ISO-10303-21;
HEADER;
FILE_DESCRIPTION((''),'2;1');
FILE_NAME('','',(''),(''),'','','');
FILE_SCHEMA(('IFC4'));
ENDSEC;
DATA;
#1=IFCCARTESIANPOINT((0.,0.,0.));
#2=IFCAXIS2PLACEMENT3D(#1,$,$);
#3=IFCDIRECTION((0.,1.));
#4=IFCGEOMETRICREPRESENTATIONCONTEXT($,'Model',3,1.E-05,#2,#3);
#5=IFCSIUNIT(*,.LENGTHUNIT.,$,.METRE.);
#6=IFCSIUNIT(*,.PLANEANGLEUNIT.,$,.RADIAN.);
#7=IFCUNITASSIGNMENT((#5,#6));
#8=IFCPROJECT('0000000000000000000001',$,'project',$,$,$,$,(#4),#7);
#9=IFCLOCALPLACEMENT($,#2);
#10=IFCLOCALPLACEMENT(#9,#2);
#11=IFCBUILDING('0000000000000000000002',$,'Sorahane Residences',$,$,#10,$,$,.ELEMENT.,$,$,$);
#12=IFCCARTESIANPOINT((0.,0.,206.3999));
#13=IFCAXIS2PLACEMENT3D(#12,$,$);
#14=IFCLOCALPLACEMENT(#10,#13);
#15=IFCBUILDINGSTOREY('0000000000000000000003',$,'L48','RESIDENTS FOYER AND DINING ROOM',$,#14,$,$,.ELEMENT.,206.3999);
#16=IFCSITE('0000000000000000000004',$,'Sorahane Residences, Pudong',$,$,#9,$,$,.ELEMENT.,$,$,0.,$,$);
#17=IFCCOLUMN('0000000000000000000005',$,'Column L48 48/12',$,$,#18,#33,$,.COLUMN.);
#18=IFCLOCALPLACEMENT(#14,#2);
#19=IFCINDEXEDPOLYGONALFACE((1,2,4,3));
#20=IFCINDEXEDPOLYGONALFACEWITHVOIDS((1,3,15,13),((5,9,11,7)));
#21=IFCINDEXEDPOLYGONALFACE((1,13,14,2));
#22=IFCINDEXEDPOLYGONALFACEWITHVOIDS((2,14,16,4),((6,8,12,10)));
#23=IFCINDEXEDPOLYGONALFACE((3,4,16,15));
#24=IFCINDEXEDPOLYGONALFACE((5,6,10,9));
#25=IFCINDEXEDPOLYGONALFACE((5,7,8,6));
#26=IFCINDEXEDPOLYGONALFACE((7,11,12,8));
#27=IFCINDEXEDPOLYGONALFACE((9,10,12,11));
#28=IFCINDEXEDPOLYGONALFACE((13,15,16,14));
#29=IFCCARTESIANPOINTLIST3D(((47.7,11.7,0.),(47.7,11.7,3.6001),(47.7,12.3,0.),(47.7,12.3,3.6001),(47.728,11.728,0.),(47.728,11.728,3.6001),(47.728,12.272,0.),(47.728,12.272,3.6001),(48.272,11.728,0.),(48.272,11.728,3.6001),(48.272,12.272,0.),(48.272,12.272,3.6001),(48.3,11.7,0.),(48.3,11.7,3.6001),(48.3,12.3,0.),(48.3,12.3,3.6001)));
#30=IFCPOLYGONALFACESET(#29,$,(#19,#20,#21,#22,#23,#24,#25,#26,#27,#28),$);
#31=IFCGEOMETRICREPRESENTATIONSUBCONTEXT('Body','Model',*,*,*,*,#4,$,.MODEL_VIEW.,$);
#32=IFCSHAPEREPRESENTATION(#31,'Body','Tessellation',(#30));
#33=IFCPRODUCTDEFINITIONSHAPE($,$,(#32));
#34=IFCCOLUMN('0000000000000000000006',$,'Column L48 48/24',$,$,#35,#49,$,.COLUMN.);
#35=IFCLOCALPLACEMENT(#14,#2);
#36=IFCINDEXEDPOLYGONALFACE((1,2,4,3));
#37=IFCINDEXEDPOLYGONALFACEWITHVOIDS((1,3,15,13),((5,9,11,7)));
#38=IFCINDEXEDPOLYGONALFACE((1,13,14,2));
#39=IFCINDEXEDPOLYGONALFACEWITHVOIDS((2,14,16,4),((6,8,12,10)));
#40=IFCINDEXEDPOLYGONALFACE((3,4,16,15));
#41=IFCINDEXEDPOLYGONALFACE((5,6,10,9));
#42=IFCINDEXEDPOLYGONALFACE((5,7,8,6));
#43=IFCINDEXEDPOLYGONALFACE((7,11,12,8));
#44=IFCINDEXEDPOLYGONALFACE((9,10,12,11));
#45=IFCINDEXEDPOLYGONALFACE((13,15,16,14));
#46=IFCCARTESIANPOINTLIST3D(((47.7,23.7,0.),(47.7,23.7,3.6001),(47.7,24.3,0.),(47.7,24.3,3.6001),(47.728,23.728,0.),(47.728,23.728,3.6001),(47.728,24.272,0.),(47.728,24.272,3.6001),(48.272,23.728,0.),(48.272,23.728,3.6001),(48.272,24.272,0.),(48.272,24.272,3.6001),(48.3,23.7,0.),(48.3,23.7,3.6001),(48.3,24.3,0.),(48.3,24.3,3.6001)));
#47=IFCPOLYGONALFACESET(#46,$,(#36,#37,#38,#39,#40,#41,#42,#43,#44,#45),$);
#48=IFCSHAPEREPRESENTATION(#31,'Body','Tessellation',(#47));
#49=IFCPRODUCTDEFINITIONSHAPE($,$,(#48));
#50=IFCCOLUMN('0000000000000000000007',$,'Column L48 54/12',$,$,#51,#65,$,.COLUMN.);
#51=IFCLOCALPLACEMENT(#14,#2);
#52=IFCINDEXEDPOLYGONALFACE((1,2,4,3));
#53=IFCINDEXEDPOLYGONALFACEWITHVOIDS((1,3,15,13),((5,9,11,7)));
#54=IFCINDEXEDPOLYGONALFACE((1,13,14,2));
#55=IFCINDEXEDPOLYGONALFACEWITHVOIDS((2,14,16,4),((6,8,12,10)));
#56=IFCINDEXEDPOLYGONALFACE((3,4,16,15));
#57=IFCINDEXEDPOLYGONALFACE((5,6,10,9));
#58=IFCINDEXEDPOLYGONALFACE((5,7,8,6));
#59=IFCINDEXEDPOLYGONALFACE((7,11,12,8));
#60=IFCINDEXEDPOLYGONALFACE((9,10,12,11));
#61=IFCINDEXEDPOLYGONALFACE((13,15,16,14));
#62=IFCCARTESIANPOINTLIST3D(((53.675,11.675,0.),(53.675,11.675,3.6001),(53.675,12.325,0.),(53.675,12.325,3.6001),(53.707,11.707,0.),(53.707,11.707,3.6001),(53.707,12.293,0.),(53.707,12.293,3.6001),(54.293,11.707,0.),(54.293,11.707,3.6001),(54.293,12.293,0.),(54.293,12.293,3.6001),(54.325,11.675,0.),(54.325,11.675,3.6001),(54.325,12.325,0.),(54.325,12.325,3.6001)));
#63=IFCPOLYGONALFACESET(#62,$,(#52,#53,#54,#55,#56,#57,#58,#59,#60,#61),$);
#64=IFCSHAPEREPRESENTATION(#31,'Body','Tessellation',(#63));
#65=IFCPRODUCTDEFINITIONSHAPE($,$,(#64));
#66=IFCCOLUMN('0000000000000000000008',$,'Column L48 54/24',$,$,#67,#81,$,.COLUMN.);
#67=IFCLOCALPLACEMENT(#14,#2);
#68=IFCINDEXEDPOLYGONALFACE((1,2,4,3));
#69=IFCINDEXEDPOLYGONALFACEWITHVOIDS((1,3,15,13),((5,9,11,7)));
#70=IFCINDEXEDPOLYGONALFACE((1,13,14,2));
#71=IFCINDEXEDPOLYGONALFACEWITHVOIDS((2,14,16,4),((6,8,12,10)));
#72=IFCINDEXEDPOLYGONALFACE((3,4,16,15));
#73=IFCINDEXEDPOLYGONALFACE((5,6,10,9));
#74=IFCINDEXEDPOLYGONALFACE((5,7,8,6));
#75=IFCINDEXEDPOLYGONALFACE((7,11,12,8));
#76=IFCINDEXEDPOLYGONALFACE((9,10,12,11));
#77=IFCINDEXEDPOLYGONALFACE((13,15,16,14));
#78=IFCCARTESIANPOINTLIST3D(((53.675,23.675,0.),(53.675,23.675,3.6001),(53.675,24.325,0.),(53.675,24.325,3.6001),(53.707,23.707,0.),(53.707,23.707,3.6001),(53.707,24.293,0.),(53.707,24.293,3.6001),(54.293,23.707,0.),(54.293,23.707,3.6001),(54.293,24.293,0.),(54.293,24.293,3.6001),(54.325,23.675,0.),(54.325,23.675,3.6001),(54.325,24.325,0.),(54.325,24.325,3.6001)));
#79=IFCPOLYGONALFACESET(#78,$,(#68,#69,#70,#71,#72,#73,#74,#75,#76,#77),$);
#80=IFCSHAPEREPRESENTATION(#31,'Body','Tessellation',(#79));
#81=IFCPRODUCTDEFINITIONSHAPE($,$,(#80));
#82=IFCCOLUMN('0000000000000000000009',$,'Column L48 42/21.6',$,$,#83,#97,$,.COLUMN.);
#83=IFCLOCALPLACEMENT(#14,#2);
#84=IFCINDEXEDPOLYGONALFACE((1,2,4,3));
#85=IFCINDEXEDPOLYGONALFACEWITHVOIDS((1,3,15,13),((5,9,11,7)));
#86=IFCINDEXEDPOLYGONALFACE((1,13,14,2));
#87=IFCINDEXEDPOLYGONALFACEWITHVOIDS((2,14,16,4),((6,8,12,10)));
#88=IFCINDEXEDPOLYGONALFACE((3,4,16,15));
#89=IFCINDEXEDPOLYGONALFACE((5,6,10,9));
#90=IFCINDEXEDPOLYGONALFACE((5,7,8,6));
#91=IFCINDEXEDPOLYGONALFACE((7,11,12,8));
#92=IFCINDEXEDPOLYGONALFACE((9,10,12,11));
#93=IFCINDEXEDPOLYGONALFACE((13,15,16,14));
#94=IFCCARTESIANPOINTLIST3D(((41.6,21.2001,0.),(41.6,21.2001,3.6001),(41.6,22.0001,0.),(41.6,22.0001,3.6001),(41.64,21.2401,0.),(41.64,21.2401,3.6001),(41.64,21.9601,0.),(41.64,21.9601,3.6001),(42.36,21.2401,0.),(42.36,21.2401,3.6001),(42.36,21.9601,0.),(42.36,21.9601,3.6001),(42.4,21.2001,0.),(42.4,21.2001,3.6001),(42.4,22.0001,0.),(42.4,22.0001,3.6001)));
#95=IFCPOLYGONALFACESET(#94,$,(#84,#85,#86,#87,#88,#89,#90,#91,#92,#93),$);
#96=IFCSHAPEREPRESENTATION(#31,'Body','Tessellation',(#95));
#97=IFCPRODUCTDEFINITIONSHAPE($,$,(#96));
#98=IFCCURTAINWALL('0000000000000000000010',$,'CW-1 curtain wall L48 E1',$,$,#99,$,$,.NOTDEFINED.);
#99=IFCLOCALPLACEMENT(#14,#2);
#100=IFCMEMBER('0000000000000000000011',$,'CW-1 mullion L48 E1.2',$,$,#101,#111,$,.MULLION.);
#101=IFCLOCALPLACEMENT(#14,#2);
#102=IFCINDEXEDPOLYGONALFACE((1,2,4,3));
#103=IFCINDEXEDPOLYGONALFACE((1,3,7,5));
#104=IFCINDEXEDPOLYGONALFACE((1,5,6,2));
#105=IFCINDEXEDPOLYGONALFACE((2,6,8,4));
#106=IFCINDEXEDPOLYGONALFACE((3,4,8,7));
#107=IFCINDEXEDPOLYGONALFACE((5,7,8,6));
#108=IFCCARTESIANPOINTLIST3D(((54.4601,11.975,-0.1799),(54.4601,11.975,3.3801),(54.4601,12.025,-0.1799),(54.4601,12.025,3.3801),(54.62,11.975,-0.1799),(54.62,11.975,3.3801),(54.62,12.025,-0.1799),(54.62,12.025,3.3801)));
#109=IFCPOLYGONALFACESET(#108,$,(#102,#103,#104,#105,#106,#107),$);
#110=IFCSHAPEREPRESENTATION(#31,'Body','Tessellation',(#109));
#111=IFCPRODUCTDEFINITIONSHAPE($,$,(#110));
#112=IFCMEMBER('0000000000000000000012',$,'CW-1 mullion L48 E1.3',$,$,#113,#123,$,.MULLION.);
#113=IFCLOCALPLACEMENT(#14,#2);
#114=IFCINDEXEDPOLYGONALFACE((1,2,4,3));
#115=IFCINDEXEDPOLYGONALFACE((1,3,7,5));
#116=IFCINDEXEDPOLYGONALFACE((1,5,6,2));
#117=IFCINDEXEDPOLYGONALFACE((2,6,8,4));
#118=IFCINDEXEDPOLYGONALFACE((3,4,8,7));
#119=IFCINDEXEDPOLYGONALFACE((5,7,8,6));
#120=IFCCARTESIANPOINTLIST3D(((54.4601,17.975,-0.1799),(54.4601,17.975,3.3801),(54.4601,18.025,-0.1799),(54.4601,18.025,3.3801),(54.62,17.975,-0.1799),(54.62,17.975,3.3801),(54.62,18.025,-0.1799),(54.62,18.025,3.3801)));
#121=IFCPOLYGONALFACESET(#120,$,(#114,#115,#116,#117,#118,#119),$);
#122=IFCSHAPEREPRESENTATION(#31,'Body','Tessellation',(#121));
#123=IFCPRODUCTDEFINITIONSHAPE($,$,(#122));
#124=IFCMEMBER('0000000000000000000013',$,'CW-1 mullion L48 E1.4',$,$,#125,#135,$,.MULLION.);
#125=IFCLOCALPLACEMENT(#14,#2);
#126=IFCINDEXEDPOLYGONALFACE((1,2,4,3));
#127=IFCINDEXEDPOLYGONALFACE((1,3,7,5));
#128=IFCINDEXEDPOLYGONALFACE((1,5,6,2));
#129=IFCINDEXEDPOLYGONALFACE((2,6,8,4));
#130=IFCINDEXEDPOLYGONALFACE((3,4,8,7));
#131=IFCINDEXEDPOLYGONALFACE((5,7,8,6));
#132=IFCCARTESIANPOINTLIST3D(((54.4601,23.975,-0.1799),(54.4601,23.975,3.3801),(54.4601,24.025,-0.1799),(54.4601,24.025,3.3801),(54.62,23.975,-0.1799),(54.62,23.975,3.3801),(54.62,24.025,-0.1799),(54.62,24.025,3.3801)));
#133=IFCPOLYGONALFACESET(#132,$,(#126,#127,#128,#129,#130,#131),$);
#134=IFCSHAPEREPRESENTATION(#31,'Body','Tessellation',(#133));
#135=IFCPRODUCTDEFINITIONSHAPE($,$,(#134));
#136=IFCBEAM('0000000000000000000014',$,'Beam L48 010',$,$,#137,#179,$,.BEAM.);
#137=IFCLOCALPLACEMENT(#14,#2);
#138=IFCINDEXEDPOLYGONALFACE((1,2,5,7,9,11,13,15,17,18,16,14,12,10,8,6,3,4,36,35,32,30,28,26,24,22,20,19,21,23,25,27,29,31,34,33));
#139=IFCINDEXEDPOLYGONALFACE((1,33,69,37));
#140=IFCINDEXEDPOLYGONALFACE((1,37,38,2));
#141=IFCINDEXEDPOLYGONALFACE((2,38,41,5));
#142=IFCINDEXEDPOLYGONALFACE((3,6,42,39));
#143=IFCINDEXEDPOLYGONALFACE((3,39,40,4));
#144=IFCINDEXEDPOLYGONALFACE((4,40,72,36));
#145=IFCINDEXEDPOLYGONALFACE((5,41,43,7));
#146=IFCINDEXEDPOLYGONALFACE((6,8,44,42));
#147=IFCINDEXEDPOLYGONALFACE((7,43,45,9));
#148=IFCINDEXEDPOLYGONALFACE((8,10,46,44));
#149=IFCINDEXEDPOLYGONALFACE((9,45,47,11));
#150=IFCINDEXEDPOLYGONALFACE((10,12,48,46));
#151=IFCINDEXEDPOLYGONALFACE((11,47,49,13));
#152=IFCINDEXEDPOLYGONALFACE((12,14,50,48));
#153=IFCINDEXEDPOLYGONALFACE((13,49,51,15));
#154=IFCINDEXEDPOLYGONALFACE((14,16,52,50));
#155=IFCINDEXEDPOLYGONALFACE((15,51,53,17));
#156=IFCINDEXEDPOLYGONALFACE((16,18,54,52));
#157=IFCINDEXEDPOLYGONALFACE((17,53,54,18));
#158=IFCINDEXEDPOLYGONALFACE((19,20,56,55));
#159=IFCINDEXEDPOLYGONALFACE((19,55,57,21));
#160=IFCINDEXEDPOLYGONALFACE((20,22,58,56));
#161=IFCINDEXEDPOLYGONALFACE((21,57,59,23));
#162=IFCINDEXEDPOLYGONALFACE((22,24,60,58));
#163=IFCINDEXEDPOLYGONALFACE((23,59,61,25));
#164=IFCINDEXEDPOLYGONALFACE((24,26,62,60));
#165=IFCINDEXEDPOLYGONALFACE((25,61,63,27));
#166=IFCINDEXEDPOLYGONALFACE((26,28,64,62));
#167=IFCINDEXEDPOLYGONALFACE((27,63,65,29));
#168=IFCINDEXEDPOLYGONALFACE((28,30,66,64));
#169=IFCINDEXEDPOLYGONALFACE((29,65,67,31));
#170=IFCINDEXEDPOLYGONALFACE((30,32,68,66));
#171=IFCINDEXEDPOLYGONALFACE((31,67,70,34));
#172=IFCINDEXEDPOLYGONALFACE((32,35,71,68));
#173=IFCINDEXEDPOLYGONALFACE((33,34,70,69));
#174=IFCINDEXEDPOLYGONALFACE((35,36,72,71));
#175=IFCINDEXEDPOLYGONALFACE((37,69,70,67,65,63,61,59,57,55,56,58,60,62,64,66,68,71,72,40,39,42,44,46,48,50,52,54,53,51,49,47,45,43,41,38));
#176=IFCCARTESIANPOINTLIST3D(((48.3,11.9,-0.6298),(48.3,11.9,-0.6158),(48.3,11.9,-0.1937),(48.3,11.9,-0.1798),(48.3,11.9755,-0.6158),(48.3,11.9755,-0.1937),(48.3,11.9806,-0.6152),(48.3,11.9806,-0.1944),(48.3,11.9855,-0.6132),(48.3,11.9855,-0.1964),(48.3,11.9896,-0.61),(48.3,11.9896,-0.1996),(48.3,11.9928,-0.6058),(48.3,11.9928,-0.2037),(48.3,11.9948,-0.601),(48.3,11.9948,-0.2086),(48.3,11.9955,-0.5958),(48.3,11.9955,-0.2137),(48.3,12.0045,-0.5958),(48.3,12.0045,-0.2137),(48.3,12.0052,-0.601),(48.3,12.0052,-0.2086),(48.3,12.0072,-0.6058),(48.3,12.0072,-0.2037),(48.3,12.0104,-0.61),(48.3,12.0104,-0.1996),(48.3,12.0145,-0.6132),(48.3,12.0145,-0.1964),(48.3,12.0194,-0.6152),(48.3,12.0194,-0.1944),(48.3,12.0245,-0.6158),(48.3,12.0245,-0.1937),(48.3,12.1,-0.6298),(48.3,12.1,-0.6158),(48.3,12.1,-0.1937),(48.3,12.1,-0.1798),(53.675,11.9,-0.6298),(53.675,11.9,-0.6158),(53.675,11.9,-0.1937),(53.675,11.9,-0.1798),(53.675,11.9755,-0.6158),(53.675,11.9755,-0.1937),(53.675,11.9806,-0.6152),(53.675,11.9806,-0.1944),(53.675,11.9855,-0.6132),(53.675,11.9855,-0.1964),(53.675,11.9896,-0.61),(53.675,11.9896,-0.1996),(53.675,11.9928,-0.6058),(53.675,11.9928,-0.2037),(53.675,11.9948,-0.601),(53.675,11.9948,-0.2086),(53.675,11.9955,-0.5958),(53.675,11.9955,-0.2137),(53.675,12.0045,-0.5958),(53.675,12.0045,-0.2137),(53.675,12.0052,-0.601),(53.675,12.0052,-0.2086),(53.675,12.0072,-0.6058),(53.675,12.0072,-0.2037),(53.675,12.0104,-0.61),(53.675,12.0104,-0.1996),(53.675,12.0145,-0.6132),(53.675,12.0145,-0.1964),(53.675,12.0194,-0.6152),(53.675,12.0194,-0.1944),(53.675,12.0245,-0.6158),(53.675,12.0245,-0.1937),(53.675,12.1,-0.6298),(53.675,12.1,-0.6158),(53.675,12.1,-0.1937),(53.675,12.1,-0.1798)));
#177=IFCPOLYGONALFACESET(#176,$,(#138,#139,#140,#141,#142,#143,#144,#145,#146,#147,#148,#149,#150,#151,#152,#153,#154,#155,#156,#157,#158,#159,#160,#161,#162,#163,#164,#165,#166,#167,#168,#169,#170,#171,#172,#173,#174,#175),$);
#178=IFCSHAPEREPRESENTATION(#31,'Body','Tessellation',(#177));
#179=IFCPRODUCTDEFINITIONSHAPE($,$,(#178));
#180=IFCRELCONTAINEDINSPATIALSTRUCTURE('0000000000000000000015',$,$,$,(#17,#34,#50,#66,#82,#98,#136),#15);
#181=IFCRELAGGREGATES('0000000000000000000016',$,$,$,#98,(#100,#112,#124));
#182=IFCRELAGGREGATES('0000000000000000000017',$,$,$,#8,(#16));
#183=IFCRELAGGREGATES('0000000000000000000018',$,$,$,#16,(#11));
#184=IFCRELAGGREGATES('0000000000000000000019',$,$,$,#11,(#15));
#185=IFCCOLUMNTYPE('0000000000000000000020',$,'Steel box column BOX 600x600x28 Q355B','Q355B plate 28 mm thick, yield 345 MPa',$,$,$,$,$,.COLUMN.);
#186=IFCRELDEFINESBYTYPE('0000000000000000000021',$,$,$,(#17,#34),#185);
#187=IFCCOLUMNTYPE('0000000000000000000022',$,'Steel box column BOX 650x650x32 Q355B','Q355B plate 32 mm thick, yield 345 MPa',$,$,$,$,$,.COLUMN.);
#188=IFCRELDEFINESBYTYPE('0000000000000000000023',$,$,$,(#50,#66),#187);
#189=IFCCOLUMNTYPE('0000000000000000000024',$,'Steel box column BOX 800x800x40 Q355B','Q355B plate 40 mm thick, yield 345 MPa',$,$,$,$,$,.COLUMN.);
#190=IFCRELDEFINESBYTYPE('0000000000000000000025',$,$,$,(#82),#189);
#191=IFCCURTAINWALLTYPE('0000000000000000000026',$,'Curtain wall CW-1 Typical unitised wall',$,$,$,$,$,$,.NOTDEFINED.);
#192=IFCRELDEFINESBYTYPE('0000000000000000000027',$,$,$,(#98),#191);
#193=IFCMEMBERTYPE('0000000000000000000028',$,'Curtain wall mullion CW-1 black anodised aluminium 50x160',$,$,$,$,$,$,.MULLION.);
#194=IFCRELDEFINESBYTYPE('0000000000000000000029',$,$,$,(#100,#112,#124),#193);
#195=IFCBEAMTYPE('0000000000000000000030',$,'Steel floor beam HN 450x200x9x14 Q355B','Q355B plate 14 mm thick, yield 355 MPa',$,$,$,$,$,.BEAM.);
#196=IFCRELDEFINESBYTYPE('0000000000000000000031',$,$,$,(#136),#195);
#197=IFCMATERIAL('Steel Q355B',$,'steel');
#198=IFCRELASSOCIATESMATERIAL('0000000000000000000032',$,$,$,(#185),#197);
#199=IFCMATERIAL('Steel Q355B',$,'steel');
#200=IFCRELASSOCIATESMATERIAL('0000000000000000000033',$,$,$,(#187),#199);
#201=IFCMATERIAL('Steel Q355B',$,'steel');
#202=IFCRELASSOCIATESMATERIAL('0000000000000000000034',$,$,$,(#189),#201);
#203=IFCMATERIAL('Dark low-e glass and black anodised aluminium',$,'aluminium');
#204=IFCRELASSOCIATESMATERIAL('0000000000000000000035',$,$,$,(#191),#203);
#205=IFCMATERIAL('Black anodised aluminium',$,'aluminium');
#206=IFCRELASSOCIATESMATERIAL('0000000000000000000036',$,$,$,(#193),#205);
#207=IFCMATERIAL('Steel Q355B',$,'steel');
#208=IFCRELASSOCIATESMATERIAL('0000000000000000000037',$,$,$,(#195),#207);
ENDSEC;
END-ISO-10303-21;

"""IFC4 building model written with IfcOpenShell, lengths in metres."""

from ifc_helpers import new_model, si_unit, direction, frame, origin, origin_2d, place, context, subcontext, project, spatial, rectangle, hollow_rectangle, i_section, extrude, material, material_profile, profile_set, type_object, element, aggregate, save


model = new_model("IFC4")

# Units and contexts
model_context = context("Model", 3, precision=1e-05, world=origin(), true_north=direction((0.0, 1.0)))
body_context = subcontext(model_context, "Body", "Model", "MODEL_VIEW")
ifc_project = project(units=[si_unit("LENGTHUNIT", "METRE"), si_unit("PLANEANGLEUNIT", "RADIAN")], contexts=[model_context])

# Site, building, storey
site_placement = place(None, origin())
site = spatial("IfcSite", under=ifc_project, at=site_placement, Name="Sorahane Residences, Pudong", CompositionType="ELEMENT", RefElevation=0.0)
building_placement = place(site_placement, origin())
building = spatial("IfcBuilding", under=site, at=building_placement, Name="Sorahane Residences", CompositionType="ELEMENT")
storey_placement = place(building_placement, frame((0.0, 0.0, 206.3999)))
storey = spatial("IfcBuildingStorey", under=building, at=storey_placement, Name="L48", Description="RESIDENTS FOYER AND DINING ROOM", CompositionType="ELEMENT", Elevation=206.3999)

# Columns
ifc_material_1 = material(Name="Steel Q355B", Category="steel")
ifc_material_profile_1 = material_profile(ifc_material_1, hollow_rectangle(XDim=0.6001, YDim=0.6001, WallThickness=0.0281, at=origin_2d()), Name="BOX 600x600x28")
ifc_profile_set_1 = profile_set([ifc_material_profile_1], Name="Steel Q355B")
column_type_1 = type_object("IfcColumnType", Name="Steel box column BOX 600x600x28 Q355B", Description="Q355B plate 28 mm thick, yield 345 MPa", PredefinedType="COLUMN", material=ifc_profile_set_1)
for number, where, z_axis, x_axis, name in (
    (1, (48.0, 12.0, 0.0), (0.0, 0.0, 1.0), (1.0, 0.0, 0.0), "Column L48 48/12"),
    (2, (48.0, 24.0, 0.0), (0.0, 0.0, 1.0), (1.0, 0.0, 0.0), "Column L48 48/24"),
):
    element("IfcColumn", number, at=place(storey_placement, frame(where, z_axis=z_axis, x_axis=x_axis)), inside=storey, type_object=column_type_1, Name=name, PredefinedType="COLUMN", context=body_context, shape_type="SweptSolid", body=[
        extrude(hollow_rectangle(XDim=0.6001, YDim=0.6001, WallThickness=0.0281, at=origin_2d()), origin(), (0.0, 0.0, 1.0), 3.6001),
    ])
ifc_material_2 = material(Name="Steel Q355B", Category="steel")
ifc_material_profile_2 = material_profile(ifc_material_2, hollow_rectangle(XDim=0.6499, YDim=0.6499, WallThickness=0.032, at=origin_2d()), Name="BOX 650x650x32")
ifc_profile_set_2 = profile_set([ifc_material_profile_2], Name="Steel Q355B")
column_type_2 = type_object("IfcColumnType", Name="Steel box column BOX 650x650x32 Q355B", Description="Q355B plate 32 mm thick, yield 345 MPa", PredefinedType="COLUMN", material=ifc_profile_set_2)
for number, where, z_axis, x_axis, name in (
    (3, (54.0, 12.0, 0.0), (0.0, 0.0, 1.0), (1.0, 0.0, 0.0), "Column L48 54/12"),
    (4, (54.0, 24.0, 0.0), (0.0, 0.0, 1.0), (1.0, 0.0, 0.0), "Column L48 54/24"),
):
    element("IfcColumn", number, at=place(storey_placement, frame(where, z_axis=z_axis, x_axis=x_axis)), inside=storey, type_object=column_type_2, Name=name, PredefinedType="COLUMN", context=body_context, shape_type="SweptSolid", body=[
        extrude(hollow_rectangle(XDim=0.6499, YDim=0.6499, WallThickness=0.032, at=origin_2d()), origin(), (0.0, 0.0, 1.0), 3.6001),
    ])
ifc_material_3 = material(Name="Steel Q355B", Category="steel")
ifc_material_profile_3 = material_profile(ifc_material_3, hollow_rectangle(XDim=0.8, YDim=0.8, WallThickness=0.04, at=origin_2d()), Name="BOX 800x800x40")
ifc_profile_set_3 = profile_set([ifc_material_profile_3], Name="Steel Q355B")
column_type_3 = type_object("IfcColumnType", Name="Steel box column BOX 800x800x40 Q355B", Description="Q355B plate 40 mm thick, yield 345 MPa", PredefinedType="COLUMN", material=ifc_profile_set_3)
column_placement = place(storey_placement, frame((42.0, 21.6001, 0.0), z_axis=(0.0, 0.0, 1.0), x_axis=(1.0, 0.0, 0.0)))
element("IfcColumn", 5, at=column_placement, inside=storey, type_object=column_type_3, Name="Column L48 42/21.6", PredefinedType="COLUMN", context=body_context, shape_type="SweptSolid", body=[
    extrude(hollow_rectangle(XDim=0.8, YDim=0.8, WallThickness=0.04, at=origin_2d()), origin(), (0.0, 0.0, 1.0), 3.6001),
])

# Curtain wall, members
ifc_material_4 = material(Name="Dark low-e glass and black anodised aluminium", Category="aluminium")
curtain_wall_type = type_object("IfcCurtainWallType", Name="Curtain wall CW-1 Typical unitised wall", PredefinedType="NOTDEFINED", material=ifc_material_4)
curtain_wall_placement = place(storey_placement, origin())
curtain_wall = element("IfcCurtainWall", 6, at=curtain_wall_placement, inside=storey, type_object=curtain_wall_type, Name="CW-1 curtain wall L48 E1", PredefinedType="NOTDEFINED")
ifc_material_5 = material(Name="Black anodised aluminium", Category="aluminium")
ifc_material_profile_4 = material_profile(ifc_material_5, rectangle(XDim=0.1599, YDim=0.05, at=origin_2d()), Name="Curtain wall mullion CW-1 black anodised aluminium 50x160")
ifc_profile_set_4 = profile_set([ifc_material_profile_4], Name="Black anodised aluminium")
member_type = type_object("IfcMemberType", Name="Curtain wall mullion CW-1 black anodised aluminium 50x160", PredefinedType="MULLION", material=ifc_profile_set_4)
member_1_placement = place(storey_placement, frame((54.54, 12.0, -0.1799), z_axis=(0.0, 0.0, 1.0), x_axis=(1.0, 0.0, 0.0)))
member_1 = element("IfcMember", 7, at=member_1_placement, type_object=member_type, Name="CW-1 mullion L48 E1.2", PredefinedType="MULLION", context=body_context, shape_type="SweptSolid", body=[
    extrude(rectangle(XDim=0.1599, YDim=0.05, at=origin_2d()), origin(), (0.0, 0.0, 1.0), 3.5601),
])
member_2_placement = place(storey_placement, frame((54.54, 18.0, -0.1799), z_axis=(0.0, 0.0, 1.0), x_axis=(1.0, 0.0, 0.0)))
member_2 = element("IfcMember", 8, at=member_2_placement, type_object=member_type, Name="CW-1 mullion L48 E1.3", PredefinedType="MULLION", context=body_context, shape_type="SweptSolid", body=[
    extrude(rectangle(XDim=0.1599, YDim=0.05, at=origin_2d()), origin(), (0.0, 0.0, 1.0), 3.5601),
])
member_3_placement = place(storey_placement, frame((54.54, 24.0, -0.1799), z_axis=(0.0, 0.0, 1.0), x_axis=(1.0, 0.0, 0.0)))
member_3 = element("IfcMember", 9, at=member_3_placement, type_object=member_type, Name="CW-1 mullion L48 E1.4", PredefinedType="MULLION", context=body_context, shape_type="SweptSolid", body=[
    extrude(rectangle(XDim=0.1599, YDim=0.05, at=origin_2d()), origin(), (0.0, 0.0, 1.0), 3.5601),
])

# Beam
ifc_material_6 = material(Name="Steel Q355B", Category="steel")
ifc_material_profile_5 = material_profile(ifc_material_6, i_section(OverallWidth=0.2, OverallDepth=0.45, WebThickness=0.009, FlangeThickness=0.0139, FilletRadius=0.02, at=origin_2d()), Name="HN 450x200x9x14")
ifc_profile_set_5 = profile_set([ifc_material_profile_5], Name="Steel Q355B")
beam_type_1 = type_object("IfcBeamType", Name="Steel floor beam HN 450x200x9x14 Q355B", Description="Q355B plate 14 mm thick, yield 355 MPa", PredefinedType="BEAM", material=ifc_profile_set_5)
for number, where, z_axis, x_axis, name in (
    (10, (48.3, 12.0, -0.4048), (1.0, 0.0, 0.0), (0.0, 1.0, 0.0), "Beam L48 010"),
):
    element("IfcBeam", number, at=place(storey_placement, frame(where, z_axis=z_axis, x_axis=x_axis)), inside=storey, type_object=beam_type_1, Name=name, PredefinedType="BEAM", context=body_context, shape_type="SweptSolid", body=[
        extrude(i_section(OverallWidth=0.2, OverallDepth=0.45, WebThickness=0.009, FlangeThickness=0.0139, FilletRadius=0.02, at=origin_2d()), origin(), (0.0, 0.0, 1.0), 5.375),
    ])

aggregate(curtain_wall, [member_1, member_2, member_3])

save(model, "model.ifc")
